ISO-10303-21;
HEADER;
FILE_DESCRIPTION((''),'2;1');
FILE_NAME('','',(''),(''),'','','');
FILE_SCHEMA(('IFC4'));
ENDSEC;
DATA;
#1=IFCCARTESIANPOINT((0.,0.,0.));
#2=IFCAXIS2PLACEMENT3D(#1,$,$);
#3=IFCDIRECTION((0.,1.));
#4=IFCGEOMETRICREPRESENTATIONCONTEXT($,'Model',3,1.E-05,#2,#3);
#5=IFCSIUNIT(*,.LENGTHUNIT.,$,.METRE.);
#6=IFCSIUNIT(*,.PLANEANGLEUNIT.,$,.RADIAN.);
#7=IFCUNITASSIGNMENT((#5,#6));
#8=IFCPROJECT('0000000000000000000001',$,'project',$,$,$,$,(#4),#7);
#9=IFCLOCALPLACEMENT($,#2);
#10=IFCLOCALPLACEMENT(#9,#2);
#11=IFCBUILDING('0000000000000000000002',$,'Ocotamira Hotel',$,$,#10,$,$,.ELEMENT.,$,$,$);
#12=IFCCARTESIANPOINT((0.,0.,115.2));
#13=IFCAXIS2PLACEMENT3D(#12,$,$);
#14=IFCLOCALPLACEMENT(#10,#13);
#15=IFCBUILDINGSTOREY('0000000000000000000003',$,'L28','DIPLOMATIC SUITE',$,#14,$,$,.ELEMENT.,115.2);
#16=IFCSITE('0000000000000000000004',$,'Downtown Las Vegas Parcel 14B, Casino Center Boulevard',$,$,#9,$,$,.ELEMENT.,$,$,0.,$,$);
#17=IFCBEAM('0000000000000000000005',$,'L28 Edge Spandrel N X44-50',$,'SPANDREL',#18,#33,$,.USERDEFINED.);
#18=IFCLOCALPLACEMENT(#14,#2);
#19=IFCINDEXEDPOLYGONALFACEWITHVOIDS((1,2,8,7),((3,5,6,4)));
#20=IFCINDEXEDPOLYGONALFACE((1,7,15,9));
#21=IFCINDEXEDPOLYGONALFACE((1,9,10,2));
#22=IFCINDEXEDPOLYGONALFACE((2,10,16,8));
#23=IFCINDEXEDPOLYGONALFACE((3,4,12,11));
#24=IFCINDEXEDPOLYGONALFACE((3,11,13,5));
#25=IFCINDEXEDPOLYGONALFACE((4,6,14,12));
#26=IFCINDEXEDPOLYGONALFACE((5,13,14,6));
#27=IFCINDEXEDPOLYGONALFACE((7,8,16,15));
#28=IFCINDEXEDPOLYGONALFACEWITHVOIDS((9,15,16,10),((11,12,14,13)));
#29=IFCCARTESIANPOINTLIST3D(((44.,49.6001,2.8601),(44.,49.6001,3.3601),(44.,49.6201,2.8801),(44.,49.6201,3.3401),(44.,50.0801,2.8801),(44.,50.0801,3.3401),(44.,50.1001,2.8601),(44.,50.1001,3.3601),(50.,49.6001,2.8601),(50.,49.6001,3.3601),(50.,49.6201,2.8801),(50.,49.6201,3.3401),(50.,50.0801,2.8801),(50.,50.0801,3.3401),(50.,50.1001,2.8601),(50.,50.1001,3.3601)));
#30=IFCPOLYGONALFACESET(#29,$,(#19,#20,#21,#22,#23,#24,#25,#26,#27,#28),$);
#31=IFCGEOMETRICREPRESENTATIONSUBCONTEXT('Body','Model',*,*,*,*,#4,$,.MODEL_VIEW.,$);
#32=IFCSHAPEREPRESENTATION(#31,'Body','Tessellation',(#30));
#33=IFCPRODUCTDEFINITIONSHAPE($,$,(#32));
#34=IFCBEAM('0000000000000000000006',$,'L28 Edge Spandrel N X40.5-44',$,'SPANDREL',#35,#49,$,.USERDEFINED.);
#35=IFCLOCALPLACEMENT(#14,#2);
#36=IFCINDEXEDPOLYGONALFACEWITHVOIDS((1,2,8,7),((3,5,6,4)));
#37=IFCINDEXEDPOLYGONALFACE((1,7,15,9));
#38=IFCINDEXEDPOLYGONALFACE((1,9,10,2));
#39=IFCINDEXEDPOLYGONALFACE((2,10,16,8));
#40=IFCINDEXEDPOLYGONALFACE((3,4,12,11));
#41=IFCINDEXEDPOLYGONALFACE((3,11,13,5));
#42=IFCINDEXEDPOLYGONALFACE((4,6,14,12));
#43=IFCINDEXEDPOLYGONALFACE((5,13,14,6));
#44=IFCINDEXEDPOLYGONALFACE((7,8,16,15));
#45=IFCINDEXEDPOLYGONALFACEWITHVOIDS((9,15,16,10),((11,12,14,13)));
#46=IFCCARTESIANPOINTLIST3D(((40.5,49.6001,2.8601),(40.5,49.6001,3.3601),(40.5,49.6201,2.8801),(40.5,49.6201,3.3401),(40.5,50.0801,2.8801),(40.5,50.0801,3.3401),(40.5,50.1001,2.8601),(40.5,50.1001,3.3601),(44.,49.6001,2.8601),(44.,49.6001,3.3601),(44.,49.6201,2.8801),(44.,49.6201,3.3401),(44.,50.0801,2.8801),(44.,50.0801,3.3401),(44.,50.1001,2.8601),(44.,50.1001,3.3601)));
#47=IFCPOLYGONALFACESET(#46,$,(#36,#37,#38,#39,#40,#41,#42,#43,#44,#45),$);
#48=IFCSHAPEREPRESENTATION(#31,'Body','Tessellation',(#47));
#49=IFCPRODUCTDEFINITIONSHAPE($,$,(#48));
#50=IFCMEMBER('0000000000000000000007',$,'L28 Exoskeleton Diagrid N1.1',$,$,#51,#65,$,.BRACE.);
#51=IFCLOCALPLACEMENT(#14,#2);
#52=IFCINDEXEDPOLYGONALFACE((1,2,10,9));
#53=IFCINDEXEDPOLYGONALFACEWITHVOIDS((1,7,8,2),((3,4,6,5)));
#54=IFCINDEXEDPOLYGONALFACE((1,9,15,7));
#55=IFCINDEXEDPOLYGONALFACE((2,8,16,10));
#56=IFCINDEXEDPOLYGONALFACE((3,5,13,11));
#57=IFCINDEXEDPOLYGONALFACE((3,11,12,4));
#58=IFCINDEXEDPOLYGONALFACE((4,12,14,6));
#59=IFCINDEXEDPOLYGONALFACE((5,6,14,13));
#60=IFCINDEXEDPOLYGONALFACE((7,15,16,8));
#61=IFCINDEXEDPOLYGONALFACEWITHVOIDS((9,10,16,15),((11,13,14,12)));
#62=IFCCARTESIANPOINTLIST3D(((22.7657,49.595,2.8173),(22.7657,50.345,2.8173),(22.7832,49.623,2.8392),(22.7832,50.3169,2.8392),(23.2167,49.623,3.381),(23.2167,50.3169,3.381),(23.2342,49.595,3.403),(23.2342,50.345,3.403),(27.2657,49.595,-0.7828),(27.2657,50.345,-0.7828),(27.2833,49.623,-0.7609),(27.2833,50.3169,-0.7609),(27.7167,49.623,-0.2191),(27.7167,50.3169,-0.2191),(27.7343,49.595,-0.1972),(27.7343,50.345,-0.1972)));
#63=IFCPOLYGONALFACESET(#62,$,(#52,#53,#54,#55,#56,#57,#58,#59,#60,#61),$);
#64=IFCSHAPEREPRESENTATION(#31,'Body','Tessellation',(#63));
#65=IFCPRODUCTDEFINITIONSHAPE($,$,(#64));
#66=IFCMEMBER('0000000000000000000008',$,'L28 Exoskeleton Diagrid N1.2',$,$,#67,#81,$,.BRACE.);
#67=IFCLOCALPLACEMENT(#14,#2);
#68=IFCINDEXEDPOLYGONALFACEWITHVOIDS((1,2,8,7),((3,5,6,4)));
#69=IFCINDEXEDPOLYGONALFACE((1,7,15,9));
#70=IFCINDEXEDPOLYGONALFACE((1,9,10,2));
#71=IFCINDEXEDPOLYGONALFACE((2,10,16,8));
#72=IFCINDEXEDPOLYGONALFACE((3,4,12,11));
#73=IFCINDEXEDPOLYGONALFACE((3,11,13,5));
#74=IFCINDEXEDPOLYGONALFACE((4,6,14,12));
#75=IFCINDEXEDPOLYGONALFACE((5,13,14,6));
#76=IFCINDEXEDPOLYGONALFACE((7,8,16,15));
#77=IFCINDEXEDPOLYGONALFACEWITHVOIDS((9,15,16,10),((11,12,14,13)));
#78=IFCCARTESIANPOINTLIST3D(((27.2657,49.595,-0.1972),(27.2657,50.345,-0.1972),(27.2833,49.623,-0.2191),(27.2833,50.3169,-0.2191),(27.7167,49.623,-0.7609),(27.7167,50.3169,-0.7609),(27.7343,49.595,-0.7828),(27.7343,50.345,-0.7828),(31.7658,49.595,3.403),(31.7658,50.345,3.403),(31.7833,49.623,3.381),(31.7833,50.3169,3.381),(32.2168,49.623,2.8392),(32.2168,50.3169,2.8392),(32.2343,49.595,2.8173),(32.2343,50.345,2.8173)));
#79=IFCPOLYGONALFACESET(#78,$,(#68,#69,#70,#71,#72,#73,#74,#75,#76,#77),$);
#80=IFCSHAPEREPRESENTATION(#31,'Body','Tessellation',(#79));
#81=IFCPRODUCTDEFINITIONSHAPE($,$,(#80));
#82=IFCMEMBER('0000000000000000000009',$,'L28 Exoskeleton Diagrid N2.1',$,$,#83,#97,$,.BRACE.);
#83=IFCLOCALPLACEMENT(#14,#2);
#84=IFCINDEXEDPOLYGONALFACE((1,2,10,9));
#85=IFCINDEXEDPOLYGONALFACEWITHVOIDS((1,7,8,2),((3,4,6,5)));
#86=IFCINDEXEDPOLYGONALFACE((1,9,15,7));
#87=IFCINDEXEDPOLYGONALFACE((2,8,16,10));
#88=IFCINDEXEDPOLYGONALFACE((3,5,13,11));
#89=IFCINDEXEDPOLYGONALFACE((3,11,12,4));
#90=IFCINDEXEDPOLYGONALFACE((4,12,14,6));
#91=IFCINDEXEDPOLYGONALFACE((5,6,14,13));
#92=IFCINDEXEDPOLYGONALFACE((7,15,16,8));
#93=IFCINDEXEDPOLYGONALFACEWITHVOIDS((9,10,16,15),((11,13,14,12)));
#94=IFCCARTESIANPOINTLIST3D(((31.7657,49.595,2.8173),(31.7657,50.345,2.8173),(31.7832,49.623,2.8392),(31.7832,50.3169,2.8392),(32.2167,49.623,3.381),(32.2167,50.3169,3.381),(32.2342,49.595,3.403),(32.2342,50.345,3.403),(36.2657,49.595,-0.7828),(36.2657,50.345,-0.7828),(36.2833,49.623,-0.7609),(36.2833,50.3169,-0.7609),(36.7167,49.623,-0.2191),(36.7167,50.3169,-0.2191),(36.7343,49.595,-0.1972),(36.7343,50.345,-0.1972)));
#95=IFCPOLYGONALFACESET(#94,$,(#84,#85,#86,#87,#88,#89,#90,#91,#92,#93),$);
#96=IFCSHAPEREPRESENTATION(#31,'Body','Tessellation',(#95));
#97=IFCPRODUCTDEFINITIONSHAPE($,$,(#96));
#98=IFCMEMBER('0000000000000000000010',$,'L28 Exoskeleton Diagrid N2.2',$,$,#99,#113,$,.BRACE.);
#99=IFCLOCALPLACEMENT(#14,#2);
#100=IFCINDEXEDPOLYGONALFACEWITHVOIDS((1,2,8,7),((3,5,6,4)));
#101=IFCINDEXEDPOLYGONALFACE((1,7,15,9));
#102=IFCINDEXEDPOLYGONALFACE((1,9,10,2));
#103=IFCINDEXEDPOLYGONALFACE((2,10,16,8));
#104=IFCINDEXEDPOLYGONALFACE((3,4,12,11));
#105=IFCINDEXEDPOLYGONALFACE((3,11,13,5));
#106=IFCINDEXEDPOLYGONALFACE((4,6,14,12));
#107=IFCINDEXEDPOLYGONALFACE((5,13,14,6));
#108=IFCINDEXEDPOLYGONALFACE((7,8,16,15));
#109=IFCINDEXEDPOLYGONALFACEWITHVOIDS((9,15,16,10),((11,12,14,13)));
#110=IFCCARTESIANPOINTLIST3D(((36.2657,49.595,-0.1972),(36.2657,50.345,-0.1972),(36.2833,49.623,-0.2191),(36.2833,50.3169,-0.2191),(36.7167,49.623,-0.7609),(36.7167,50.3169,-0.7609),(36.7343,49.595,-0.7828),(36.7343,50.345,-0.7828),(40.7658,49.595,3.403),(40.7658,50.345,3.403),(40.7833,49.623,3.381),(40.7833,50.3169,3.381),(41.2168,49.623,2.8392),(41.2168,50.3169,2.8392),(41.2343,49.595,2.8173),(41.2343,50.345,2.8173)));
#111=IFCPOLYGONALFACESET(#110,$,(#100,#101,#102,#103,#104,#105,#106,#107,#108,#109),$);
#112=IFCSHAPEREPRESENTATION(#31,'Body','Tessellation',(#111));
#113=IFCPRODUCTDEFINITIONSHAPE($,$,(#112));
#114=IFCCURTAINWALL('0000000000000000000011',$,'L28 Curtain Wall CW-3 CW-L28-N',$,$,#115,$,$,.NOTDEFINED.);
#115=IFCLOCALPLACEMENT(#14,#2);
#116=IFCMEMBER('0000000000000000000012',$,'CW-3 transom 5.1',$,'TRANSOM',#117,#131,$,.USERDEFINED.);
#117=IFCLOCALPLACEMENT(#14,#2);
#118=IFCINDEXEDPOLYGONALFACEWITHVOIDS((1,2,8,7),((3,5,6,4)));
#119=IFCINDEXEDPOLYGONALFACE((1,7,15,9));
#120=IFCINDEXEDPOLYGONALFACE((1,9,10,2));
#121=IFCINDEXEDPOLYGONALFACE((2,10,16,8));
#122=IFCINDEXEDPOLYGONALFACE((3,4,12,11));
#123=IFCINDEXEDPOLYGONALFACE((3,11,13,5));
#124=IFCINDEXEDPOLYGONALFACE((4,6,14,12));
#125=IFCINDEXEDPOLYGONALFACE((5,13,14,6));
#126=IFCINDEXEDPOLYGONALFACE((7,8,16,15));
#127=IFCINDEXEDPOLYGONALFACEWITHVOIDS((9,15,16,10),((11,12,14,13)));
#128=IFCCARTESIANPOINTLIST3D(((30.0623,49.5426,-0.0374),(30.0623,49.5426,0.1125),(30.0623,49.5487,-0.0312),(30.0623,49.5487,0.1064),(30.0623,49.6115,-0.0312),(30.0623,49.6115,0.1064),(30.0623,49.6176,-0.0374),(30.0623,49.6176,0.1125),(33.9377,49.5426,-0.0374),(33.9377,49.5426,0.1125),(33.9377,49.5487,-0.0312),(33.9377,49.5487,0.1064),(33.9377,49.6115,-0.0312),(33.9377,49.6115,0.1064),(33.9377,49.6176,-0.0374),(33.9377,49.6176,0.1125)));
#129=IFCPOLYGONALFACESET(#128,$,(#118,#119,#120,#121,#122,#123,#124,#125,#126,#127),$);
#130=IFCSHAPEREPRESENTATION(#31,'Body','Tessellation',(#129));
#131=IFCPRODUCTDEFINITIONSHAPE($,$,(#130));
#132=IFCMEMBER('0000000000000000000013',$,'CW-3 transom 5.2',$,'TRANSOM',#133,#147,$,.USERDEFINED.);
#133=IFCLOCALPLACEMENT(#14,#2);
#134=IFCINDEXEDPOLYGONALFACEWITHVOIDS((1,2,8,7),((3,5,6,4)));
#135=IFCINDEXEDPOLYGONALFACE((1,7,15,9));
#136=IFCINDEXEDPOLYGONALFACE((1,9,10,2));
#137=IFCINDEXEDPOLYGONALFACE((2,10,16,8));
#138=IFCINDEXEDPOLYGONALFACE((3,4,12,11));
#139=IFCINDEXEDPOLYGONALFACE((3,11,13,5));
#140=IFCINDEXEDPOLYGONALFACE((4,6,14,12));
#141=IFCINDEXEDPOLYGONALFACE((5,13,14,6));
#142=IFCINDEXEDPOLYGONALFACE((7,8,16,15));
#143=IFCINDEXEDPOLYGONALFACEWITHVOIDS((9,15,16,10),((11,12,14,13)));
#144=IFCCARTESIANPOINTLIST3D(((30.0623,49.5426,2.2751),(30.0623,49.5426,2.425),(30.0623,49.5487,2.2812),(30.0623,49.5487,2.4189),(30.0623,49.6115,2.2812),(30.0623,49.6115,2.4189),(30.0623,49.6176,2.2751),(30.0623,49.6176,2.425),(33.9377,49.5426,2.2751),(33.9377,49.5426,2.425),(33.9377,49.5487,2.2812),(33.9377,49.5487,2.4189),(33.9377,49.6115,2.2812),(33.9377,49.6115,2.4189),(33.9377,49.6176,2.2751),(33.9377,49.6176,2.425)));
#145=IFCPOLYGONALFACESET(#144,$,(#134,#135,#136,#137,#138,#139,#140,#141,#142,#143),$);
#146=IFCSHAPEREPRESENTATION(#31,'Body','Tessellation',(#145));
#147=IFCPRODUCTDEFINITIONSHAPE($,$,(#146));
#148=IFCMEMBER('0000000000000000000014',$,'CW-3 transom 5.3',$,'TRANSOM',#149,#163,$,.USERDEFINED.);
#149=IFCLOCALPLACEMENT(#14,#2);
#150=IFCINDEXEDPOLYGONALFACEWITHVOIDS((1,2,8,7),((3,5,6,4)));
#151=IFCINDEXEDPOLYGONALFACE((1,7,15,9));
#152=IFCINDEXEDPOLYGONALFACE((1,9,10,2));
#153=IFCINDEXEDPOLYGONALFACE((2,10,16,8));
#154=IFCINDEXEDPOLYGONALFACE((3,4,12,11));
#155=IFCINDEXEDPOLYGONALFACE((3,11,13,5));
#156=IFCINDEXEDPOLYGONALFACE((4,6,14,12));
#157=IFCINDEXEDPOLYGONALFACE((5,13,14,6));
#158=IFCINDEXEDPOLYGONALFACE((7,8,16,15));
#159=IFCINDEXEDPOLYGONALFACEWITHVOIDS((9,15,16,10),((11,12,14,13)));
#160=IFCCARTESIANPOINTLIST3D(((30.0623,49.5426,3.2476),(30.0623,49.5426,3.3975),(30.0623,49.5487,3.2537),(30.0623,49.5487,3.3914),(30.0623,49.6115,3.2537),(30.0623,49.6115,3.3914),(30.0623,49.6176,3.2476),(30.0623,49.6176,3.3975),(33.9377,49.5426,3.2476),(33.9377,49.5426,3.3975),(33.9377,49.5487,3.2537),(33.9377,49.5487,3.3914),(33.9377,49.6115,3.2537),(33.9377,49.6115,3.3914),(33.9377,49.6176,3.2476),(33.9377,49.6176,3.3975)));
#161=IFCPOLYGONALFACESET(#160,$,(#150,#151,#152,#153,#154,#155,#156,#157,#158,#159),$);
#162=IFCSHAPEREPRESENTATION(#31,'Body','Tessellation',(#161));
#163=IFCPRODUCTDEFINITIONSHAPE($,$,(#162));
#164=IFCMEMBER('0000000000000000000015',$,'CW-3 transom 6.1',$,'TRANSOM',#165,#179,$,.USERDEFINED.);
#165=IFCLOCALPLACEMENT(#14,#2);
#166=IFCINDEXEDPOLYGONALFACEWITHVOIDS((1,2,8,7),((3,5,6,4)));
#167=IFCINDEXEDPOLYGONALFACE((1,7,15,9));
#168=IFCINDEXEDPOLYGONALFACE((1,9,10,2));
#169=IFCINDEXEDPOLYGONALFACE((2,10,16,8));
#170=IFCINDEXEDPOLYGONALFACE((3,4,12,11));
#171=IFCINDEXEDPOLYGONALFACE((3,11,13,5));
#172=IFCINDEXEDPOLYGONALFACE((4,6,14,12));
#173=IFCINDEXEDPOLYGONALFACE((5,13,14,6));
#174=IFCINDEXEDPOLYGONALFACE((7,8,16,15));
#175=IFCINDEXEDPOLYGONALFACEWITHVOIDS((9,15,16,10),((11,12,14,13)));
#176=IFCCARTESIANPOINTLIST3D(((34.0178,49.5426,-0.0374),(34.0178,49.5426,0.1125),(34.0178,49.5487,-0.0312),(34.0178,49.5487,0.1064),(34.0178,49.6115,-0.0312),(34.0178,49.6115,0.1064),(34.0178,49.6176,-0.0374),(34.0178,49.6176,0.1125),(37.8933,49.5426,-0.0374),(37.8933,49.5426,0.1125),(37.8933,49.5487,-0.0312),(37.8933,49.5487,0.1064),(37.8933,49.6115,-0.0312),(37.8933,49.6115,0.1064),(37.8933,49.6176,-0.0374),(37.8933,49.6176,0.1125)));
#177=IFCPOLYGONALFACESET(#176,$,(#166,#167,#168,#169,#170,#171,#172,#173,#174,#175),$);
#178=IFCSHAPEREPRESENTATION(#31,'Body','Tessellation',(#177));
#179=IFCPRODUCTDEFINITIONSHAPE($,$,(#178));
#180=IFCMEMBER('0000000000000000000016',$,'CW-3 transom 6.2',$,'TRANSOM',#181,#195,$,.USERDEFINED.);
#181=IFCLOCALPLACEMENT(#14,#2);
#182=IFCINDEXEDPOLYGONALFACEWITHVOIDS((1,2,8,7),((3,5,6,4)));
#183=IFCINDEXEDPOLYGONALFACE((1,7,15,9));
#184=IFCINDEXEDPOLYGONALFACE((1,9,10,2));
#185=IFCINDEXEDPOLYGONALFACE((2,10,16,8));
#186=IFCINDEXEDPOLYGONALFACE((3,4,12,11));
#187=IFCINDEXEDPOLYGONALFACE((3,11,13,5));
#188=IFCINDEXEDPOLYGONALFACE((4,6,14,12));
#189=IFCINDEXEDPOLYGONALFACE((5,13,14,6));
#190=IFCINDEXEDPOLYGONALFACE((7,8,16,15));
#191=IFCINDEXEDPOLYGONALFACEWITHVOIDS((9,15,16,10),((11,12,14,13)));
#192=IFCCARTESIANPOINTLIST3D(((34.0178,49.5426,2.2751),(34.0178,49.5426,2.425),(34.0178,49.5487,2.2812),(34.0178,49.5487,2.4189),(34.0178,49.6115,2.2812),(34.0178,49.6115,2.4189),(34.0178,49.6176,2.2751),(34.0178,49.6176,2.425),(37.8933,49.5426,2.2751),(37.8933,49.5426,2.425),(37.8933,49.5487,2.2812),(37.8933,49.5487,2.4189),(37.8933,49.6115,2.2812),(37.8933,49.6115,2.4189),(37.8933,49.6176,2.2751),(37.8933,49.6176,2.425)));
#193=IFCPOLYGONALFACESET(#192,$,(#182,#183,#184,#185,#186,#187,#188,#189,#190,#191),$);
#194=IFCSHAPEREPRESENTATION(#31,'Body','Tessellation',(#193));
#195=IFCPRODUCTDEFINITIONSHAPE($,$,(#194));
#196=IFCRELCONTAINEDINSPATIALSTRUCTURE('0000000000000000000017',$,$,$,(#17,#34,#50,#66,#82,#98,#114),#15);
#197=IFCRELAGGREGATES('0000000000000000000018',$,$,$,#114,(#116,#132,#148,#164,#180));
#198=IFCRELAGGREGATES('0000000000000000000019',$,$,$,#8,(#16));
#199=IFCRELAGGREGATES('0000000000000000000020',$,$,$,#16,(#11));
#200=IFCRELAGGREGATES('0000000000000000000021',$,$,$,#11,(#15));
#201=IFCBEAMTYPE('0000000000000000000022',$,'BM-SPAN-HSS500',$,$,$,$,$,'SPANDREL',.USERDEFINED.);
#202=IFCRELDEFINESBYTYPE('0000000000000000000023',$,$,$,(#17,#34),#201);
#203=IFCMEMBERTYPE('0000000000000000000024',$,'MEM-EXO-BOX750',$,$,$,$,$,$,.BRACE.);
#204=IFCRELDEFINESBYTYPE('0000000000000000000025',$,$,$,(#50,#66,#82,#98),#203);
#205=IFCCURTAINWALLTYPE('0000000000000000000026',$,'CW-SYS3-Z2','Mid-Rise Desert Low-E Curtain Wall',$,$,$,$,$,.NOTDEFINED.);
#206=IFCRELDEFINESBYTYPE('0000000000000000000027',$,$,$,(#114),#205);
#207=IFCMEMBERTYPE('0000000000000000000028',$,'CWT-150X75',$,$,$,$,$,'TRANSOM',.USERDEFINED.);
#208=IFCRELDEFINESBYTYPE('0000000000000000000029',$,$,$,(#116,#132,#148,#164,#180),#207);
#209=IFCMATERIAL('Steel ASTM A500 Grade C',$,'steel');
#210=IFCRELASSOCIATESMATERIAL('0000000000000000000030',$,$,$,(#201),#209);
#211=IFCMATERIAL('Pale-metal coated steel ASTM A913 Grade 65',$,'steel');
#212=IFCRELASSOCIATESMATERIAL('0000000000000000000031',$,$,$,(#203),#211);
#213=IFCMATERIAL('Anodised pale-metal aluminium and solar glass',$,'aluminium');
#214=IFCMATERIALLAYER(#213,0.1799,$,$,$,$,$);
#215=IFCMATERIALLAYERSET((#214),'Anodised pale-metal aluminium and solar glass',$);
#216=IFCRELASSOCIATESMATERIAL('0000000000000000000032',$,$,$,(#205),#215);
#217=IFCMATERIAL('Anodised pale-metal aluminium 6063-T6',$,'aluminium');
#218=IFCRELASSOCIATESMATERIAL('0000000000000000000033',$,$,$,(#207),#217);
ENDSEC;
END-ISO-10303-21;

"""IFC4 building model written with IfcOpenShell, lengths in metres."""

from ifc_helpers import new_model, si_unit, direction, frame, origin, origin_2d, place, context, subcontext, project, spatial, hollow_rectangle, extrude, source, transform, mapped, material, layer, layer_set, material_profile, profile_set, type_object, element, aggregate, save


model = new_model("IFC4")

# Units and contexts
model_context = context("Model", 3, precision=1e-05, world=origin(), true_north=direction((0.0, 1.0)))
body_context = subcontext(model_context, "Body", "Model", "MODEL_VIEW")
ifc_project = project(units=[si_unit("LENGTHUNIT", "METRE"), si_unit("PLANEANGLEUNIT", "RADIAN")], contexts=[model_context])

# Site, building, storey
site_placement = place(None, origin())
site = spatial("IfcSite", under=ifc_project, at=site_placement, Name="Downtown Las Vegas Parcel 14B, Casino Center Boulevard", CompositionType="ELEMENT", RefElevation=0.0)
building_placement = place(site_placement, origin())
building = spatial("IfcBuilding", under=site, at=building_placement, Name="Ocotamira Hotel", CompositionType="ELEMENT")
storey_placement = place(building_placement, frame((0.0, 0.0, 115.2)))
storey = spatial("IfcBuildingStorey", under=building, at=storey_placement, Name="L28", Description="DIPLOMATIC SUITE", CompositionType="ELEMENT", Elevation=115.2)

# Beams
ifc_material_1 = material(Name="Steel ASTM A500 Grade C", Category="steel")
ifc_material_profile_1 = material_profile(ifc_material_1, hollow_rectangle(XDim=0.5, YDim=0.5, WallThickness=0.02, at=origin_2d()), Name="HSS500X500X20")
ifc_profile_set_1 = profile_set([ifc_material_profile_1], Name="Steel ASTM A500 Grade C")
beam_type = type_object("IfcBeamType", Name="BM-SPAN-HSS500", ElementType="SPANDREL", PredefinedType="USERDEFINED", material=ifc_profile_set_1)
shared_shape_1 = source(origin(), body_context, "Body", "SweptSolid", [
    extrude(hollow_rectangle(XDim=0.5, YDim=0.5, WallThickness=0.02, at=origin_2d()), origin(), (0.0, 0.0, 1.0), 6.0),
])
beam_1_placement = place(storey_placement, frame((44.0, 49.8501, 3.1101), z_axis=(1.0, 0.0, 0.0), x_axis=(0.0, 1.0, 0.0)))
element("IfcBeam", 1, at=beam_1_placement, inside=storey, type_object=beam_type, Name="L28 Edge Spandrel N X44-50", ObjectType="SPANDREL", PredefinedType="USERDEFINED", context=body_context, shape_type="MappedRepresentation", body=[
    mapped(shared_shape_1, transform((0.0, 0.0, 0.0), scale=1.0)),
])
shared_shape_2 = source(origin(), body_context, "Body", "SweptSolid", [
    extrude(hollow_rectangle(XDim=0.5, YDim=0.5, WallThickness=0.02, at=origin_2d()), origin(), (0.0, 0.0, 1.0), 3.5),
])
beam_2_placement = place(storey_placement, frame((40.5, 49.8501, 3.1101), z_axis=(1.0, 0.0, 0.0), x_axis=(0.0, 1.0, 0.0)))
element("IfcBeam", 2, at=beam_2_placement, inside=storey, type_object=beam_type, Name="L28 Edge Spandrel N X40.5-44", ObjectType="SPANDREL", PredefinedType="USERDEFINED", context=body_context, shape_type="MappedRepresentation", body=[
    mapped(shared_shape_2, transform((0.0, 0.0, 0.0), scale=1.0)),
])

# Members
ifc_material_2 = material(Name="Pale-metal coated steel ASTM A913 Grade 65", Category="steel")
ifc_material_profile_2 = material_profile(ifc_material_2, hollow_rectangle(XDim=0.75, YDim=0.75, WallThickness=0.0281, at=origin_2d()), Name="BOX750X750X28")
ifc_profile_set_2 = profile_set([ifc_material_profile_2], Name="Pale-metal coated steel ASTM A913 Grade 65")
member_type_1 = type_object("IfcMemberType", Name="MEM-EXO-BOX750", PredefinedType="BRACE", material=ifc_profile_set_2)
shared_shape_3 = source(origin(), body_context, "Body", "SweptSolid", [
    extrude(hollow_rectangle(XDim=0.75, YDim=0.75, WallThickness=0.0281, at=origin_2d()), origin(), (0.0, 0.0, 1.0), 5.7629),
])
for number, where, z_axis, x_axis, name in (
    (3, (27.5, 49.97, -0.49), (-0.780861, 0.0, 0.624705), (0.0, -1.0, 0.0), "L28 Exoskeleton Diagrid N1.1"),
    (4, (27.5, 49.97, -0.49), (0.780861, 0.0, 0.624705), (0.0, 1.0, 0.0), "L28 Exoskeleton Diagrid N1.2"),
    (5, (36.5, 49.97, -0.49), (-0.780861, 0.0, 0.624705), (0.0, -1.0, 0.0), "L28 Exoskeleton Diagrid N2.1"),
    (6, (36.5, 49.97, -0.49), (0.780861, 0.0, 0.624705), (0.0, 1.0, 0.0), "L28 Exoskeleton Diagrid N2.2"),
):
    element("IfcMember", number, at=place(storey_placement, frame(where, z_axis=z_axis, x_axis=x_axis)), inside=storey, type_object=member_type_1, Name=name, PredefinedType="BRACE", context=body_context, shape_type="MappedRepresentation", body=[
        mapped(shared_shape_3, transform((0.0, 0.0, 0.0), scale=1.0)),
    ])

# Curtain wall, members
ifc_material_3 = material(Name="Anodised pale-metal aluminium and solar glass", Category="aluminium")
ifc_layer_1 = layer(ifc_material_3, 0.1799)
ifc_layer_set_1 = layer_set([ifc_layer_1], Name="Anodised pale-metal aluminium and solar glass")
curtain_wall_type = type_object("IfcCurtainWallType", Name="CW-SYS3-Z2", Description="Mid-Rise Desert Low-E Curtain Wall", PredefinedType="NOTDEFINED", material=ifc_layer_set_1)
curtain_wall_placement = place(storey_placement, origin())
curtain_wall = element("IfcCurtainWall", 7, at=curtain_wall_placement, inside=storey, type_object=curtain_wall_type, Name="L28 Curtain Wall CW-3 CW-L28-N", PredefinedType="NOTDEFINED")
ifc_material_4 = material(Name="Anodised pale-metal aluminium 6063-T6", Category="aluminium")
ifc_material_profile_3 = material_profile(ifc_material_4, hollow_rectangle(XDim=0.075, YDim=0.1499, WallThickness=0.0061, at=origin_2d()), Name="HSS150X75X6")
ifc_profile_set_3 = profile_set([ifc_material_profile_3], Name="Anodised pale-metal aluminium 6063-T6")
member_type_2 = type_object("IfcMemberType", Name="CWT-150X75", ElementType="TRANSOM", PredefinedType="USERDEFINED", material=ifc_profile_set_3)
shared_shape_4 = source(origin(), body_context, "Body", "SweptSolid", [
    extrude(hollow_rectangle(XDim=0.075, YDim=0.1499, WallThickness=0.0061, at=origin_2d()), origin(), (0.0, 0.0, 1.0), 3.8755),
])
member_1_placement = place(storey_placement, frame((30.0623, 49.5801, 0.0376), z_axis=(1.0, 0.0, 0.0), x_axis=(0.0, 1.0, 0.0)))
member_1 = element("IfcMember", 8, at=member_1_placement, type_object=member_type_2, Name="CW-3 transom 5.1", ObjectType="TRANSOM", PredefinedType="USERDEFINED", context=body_context, shape_type="MappedRepresentation", body=[
    mapped(shared_shape_4, transform((0.0, 0.0, 0.0), scale=1.0)),
])
member_2_placement = place(storey_placement, frame((30.0623, 49.5801, 2.3501), z_axis=(1.0, 0.0, 0.0), x_axis=(0.0, 1.0, 0.0)))
member_2 = element("IfcMember", 9, at=member_2_placement, type_object=member_type_2, Name="CW-3 transom 5.2", ObjectType="TRANSOM", PredefinedType="USERDEFINED", context=body_context, shape_type="MappedRepresentation", body=[
    mapped(shared_shape_4, transform((0.0, 0.0, 0.0), scale=1.0)),
])
member_3_placement = place(storey_placement, frame((30.0623, 49.5801, 3.3225), z_axis=(1.0, 0.0, 0.0), x_axis=(0.0, 1.0, 0.0)))
member_3 = element("IfcMember", 10, at=member_3_placement, type_object=member_type_2, Name="CW-3 transom 5.3", ObjectType="TRANSOM", PredefinedType="USERDEFINED", context=body_context, shape_type="MappedRepresentation", body=[
    mapped(shared_shape_4, transform((0.0, 0.0, 0.0), scale=1.0)),
])
member_4_placement = place(storey_placement, frame((34.0178, 49.5801, 0.0376), z_axis=(1.0, 0.0, 0.0), x_axis=(0.0, 1.0, 0.0)))
member_4 = element("IfcMember", 11, at=member_4_placement, type_object=member_type_2, Name="CW-3 transom 6.1", ObjectType="TRANSOM", PredefinedType="USERDEFINED", context=body_context, shape_type="MappedRepresentation", body=[
    mapped(shared_shape_4, transform((0.0, 0.0, 0.0), scale=1.0)),
])
member_5_placement = place(storey_placement, frame((34.0178, 49.5801, 2.3501), z_axis=(1.0, 0.0, 0.0), x_axis=(0.0, 1.0, 0.0)))
member_5 = element("IfcMember", 12, at=member_5_placement, type_object=member_type_2, Name="CW-3 transom 6.2", ObjectType="TRANSOM", PredefinedType="USERDEFINED", context=body_context, shape_type="MappedRepresentation", body=[
    mapped(shared_shape_4, transform((0.0, 0.0, 0.0), scale=1.0)),
])

aggregate(curtain_wall, [member_1, member_2, member_3, member_4, member_5])

save(model, "model.ifc")
